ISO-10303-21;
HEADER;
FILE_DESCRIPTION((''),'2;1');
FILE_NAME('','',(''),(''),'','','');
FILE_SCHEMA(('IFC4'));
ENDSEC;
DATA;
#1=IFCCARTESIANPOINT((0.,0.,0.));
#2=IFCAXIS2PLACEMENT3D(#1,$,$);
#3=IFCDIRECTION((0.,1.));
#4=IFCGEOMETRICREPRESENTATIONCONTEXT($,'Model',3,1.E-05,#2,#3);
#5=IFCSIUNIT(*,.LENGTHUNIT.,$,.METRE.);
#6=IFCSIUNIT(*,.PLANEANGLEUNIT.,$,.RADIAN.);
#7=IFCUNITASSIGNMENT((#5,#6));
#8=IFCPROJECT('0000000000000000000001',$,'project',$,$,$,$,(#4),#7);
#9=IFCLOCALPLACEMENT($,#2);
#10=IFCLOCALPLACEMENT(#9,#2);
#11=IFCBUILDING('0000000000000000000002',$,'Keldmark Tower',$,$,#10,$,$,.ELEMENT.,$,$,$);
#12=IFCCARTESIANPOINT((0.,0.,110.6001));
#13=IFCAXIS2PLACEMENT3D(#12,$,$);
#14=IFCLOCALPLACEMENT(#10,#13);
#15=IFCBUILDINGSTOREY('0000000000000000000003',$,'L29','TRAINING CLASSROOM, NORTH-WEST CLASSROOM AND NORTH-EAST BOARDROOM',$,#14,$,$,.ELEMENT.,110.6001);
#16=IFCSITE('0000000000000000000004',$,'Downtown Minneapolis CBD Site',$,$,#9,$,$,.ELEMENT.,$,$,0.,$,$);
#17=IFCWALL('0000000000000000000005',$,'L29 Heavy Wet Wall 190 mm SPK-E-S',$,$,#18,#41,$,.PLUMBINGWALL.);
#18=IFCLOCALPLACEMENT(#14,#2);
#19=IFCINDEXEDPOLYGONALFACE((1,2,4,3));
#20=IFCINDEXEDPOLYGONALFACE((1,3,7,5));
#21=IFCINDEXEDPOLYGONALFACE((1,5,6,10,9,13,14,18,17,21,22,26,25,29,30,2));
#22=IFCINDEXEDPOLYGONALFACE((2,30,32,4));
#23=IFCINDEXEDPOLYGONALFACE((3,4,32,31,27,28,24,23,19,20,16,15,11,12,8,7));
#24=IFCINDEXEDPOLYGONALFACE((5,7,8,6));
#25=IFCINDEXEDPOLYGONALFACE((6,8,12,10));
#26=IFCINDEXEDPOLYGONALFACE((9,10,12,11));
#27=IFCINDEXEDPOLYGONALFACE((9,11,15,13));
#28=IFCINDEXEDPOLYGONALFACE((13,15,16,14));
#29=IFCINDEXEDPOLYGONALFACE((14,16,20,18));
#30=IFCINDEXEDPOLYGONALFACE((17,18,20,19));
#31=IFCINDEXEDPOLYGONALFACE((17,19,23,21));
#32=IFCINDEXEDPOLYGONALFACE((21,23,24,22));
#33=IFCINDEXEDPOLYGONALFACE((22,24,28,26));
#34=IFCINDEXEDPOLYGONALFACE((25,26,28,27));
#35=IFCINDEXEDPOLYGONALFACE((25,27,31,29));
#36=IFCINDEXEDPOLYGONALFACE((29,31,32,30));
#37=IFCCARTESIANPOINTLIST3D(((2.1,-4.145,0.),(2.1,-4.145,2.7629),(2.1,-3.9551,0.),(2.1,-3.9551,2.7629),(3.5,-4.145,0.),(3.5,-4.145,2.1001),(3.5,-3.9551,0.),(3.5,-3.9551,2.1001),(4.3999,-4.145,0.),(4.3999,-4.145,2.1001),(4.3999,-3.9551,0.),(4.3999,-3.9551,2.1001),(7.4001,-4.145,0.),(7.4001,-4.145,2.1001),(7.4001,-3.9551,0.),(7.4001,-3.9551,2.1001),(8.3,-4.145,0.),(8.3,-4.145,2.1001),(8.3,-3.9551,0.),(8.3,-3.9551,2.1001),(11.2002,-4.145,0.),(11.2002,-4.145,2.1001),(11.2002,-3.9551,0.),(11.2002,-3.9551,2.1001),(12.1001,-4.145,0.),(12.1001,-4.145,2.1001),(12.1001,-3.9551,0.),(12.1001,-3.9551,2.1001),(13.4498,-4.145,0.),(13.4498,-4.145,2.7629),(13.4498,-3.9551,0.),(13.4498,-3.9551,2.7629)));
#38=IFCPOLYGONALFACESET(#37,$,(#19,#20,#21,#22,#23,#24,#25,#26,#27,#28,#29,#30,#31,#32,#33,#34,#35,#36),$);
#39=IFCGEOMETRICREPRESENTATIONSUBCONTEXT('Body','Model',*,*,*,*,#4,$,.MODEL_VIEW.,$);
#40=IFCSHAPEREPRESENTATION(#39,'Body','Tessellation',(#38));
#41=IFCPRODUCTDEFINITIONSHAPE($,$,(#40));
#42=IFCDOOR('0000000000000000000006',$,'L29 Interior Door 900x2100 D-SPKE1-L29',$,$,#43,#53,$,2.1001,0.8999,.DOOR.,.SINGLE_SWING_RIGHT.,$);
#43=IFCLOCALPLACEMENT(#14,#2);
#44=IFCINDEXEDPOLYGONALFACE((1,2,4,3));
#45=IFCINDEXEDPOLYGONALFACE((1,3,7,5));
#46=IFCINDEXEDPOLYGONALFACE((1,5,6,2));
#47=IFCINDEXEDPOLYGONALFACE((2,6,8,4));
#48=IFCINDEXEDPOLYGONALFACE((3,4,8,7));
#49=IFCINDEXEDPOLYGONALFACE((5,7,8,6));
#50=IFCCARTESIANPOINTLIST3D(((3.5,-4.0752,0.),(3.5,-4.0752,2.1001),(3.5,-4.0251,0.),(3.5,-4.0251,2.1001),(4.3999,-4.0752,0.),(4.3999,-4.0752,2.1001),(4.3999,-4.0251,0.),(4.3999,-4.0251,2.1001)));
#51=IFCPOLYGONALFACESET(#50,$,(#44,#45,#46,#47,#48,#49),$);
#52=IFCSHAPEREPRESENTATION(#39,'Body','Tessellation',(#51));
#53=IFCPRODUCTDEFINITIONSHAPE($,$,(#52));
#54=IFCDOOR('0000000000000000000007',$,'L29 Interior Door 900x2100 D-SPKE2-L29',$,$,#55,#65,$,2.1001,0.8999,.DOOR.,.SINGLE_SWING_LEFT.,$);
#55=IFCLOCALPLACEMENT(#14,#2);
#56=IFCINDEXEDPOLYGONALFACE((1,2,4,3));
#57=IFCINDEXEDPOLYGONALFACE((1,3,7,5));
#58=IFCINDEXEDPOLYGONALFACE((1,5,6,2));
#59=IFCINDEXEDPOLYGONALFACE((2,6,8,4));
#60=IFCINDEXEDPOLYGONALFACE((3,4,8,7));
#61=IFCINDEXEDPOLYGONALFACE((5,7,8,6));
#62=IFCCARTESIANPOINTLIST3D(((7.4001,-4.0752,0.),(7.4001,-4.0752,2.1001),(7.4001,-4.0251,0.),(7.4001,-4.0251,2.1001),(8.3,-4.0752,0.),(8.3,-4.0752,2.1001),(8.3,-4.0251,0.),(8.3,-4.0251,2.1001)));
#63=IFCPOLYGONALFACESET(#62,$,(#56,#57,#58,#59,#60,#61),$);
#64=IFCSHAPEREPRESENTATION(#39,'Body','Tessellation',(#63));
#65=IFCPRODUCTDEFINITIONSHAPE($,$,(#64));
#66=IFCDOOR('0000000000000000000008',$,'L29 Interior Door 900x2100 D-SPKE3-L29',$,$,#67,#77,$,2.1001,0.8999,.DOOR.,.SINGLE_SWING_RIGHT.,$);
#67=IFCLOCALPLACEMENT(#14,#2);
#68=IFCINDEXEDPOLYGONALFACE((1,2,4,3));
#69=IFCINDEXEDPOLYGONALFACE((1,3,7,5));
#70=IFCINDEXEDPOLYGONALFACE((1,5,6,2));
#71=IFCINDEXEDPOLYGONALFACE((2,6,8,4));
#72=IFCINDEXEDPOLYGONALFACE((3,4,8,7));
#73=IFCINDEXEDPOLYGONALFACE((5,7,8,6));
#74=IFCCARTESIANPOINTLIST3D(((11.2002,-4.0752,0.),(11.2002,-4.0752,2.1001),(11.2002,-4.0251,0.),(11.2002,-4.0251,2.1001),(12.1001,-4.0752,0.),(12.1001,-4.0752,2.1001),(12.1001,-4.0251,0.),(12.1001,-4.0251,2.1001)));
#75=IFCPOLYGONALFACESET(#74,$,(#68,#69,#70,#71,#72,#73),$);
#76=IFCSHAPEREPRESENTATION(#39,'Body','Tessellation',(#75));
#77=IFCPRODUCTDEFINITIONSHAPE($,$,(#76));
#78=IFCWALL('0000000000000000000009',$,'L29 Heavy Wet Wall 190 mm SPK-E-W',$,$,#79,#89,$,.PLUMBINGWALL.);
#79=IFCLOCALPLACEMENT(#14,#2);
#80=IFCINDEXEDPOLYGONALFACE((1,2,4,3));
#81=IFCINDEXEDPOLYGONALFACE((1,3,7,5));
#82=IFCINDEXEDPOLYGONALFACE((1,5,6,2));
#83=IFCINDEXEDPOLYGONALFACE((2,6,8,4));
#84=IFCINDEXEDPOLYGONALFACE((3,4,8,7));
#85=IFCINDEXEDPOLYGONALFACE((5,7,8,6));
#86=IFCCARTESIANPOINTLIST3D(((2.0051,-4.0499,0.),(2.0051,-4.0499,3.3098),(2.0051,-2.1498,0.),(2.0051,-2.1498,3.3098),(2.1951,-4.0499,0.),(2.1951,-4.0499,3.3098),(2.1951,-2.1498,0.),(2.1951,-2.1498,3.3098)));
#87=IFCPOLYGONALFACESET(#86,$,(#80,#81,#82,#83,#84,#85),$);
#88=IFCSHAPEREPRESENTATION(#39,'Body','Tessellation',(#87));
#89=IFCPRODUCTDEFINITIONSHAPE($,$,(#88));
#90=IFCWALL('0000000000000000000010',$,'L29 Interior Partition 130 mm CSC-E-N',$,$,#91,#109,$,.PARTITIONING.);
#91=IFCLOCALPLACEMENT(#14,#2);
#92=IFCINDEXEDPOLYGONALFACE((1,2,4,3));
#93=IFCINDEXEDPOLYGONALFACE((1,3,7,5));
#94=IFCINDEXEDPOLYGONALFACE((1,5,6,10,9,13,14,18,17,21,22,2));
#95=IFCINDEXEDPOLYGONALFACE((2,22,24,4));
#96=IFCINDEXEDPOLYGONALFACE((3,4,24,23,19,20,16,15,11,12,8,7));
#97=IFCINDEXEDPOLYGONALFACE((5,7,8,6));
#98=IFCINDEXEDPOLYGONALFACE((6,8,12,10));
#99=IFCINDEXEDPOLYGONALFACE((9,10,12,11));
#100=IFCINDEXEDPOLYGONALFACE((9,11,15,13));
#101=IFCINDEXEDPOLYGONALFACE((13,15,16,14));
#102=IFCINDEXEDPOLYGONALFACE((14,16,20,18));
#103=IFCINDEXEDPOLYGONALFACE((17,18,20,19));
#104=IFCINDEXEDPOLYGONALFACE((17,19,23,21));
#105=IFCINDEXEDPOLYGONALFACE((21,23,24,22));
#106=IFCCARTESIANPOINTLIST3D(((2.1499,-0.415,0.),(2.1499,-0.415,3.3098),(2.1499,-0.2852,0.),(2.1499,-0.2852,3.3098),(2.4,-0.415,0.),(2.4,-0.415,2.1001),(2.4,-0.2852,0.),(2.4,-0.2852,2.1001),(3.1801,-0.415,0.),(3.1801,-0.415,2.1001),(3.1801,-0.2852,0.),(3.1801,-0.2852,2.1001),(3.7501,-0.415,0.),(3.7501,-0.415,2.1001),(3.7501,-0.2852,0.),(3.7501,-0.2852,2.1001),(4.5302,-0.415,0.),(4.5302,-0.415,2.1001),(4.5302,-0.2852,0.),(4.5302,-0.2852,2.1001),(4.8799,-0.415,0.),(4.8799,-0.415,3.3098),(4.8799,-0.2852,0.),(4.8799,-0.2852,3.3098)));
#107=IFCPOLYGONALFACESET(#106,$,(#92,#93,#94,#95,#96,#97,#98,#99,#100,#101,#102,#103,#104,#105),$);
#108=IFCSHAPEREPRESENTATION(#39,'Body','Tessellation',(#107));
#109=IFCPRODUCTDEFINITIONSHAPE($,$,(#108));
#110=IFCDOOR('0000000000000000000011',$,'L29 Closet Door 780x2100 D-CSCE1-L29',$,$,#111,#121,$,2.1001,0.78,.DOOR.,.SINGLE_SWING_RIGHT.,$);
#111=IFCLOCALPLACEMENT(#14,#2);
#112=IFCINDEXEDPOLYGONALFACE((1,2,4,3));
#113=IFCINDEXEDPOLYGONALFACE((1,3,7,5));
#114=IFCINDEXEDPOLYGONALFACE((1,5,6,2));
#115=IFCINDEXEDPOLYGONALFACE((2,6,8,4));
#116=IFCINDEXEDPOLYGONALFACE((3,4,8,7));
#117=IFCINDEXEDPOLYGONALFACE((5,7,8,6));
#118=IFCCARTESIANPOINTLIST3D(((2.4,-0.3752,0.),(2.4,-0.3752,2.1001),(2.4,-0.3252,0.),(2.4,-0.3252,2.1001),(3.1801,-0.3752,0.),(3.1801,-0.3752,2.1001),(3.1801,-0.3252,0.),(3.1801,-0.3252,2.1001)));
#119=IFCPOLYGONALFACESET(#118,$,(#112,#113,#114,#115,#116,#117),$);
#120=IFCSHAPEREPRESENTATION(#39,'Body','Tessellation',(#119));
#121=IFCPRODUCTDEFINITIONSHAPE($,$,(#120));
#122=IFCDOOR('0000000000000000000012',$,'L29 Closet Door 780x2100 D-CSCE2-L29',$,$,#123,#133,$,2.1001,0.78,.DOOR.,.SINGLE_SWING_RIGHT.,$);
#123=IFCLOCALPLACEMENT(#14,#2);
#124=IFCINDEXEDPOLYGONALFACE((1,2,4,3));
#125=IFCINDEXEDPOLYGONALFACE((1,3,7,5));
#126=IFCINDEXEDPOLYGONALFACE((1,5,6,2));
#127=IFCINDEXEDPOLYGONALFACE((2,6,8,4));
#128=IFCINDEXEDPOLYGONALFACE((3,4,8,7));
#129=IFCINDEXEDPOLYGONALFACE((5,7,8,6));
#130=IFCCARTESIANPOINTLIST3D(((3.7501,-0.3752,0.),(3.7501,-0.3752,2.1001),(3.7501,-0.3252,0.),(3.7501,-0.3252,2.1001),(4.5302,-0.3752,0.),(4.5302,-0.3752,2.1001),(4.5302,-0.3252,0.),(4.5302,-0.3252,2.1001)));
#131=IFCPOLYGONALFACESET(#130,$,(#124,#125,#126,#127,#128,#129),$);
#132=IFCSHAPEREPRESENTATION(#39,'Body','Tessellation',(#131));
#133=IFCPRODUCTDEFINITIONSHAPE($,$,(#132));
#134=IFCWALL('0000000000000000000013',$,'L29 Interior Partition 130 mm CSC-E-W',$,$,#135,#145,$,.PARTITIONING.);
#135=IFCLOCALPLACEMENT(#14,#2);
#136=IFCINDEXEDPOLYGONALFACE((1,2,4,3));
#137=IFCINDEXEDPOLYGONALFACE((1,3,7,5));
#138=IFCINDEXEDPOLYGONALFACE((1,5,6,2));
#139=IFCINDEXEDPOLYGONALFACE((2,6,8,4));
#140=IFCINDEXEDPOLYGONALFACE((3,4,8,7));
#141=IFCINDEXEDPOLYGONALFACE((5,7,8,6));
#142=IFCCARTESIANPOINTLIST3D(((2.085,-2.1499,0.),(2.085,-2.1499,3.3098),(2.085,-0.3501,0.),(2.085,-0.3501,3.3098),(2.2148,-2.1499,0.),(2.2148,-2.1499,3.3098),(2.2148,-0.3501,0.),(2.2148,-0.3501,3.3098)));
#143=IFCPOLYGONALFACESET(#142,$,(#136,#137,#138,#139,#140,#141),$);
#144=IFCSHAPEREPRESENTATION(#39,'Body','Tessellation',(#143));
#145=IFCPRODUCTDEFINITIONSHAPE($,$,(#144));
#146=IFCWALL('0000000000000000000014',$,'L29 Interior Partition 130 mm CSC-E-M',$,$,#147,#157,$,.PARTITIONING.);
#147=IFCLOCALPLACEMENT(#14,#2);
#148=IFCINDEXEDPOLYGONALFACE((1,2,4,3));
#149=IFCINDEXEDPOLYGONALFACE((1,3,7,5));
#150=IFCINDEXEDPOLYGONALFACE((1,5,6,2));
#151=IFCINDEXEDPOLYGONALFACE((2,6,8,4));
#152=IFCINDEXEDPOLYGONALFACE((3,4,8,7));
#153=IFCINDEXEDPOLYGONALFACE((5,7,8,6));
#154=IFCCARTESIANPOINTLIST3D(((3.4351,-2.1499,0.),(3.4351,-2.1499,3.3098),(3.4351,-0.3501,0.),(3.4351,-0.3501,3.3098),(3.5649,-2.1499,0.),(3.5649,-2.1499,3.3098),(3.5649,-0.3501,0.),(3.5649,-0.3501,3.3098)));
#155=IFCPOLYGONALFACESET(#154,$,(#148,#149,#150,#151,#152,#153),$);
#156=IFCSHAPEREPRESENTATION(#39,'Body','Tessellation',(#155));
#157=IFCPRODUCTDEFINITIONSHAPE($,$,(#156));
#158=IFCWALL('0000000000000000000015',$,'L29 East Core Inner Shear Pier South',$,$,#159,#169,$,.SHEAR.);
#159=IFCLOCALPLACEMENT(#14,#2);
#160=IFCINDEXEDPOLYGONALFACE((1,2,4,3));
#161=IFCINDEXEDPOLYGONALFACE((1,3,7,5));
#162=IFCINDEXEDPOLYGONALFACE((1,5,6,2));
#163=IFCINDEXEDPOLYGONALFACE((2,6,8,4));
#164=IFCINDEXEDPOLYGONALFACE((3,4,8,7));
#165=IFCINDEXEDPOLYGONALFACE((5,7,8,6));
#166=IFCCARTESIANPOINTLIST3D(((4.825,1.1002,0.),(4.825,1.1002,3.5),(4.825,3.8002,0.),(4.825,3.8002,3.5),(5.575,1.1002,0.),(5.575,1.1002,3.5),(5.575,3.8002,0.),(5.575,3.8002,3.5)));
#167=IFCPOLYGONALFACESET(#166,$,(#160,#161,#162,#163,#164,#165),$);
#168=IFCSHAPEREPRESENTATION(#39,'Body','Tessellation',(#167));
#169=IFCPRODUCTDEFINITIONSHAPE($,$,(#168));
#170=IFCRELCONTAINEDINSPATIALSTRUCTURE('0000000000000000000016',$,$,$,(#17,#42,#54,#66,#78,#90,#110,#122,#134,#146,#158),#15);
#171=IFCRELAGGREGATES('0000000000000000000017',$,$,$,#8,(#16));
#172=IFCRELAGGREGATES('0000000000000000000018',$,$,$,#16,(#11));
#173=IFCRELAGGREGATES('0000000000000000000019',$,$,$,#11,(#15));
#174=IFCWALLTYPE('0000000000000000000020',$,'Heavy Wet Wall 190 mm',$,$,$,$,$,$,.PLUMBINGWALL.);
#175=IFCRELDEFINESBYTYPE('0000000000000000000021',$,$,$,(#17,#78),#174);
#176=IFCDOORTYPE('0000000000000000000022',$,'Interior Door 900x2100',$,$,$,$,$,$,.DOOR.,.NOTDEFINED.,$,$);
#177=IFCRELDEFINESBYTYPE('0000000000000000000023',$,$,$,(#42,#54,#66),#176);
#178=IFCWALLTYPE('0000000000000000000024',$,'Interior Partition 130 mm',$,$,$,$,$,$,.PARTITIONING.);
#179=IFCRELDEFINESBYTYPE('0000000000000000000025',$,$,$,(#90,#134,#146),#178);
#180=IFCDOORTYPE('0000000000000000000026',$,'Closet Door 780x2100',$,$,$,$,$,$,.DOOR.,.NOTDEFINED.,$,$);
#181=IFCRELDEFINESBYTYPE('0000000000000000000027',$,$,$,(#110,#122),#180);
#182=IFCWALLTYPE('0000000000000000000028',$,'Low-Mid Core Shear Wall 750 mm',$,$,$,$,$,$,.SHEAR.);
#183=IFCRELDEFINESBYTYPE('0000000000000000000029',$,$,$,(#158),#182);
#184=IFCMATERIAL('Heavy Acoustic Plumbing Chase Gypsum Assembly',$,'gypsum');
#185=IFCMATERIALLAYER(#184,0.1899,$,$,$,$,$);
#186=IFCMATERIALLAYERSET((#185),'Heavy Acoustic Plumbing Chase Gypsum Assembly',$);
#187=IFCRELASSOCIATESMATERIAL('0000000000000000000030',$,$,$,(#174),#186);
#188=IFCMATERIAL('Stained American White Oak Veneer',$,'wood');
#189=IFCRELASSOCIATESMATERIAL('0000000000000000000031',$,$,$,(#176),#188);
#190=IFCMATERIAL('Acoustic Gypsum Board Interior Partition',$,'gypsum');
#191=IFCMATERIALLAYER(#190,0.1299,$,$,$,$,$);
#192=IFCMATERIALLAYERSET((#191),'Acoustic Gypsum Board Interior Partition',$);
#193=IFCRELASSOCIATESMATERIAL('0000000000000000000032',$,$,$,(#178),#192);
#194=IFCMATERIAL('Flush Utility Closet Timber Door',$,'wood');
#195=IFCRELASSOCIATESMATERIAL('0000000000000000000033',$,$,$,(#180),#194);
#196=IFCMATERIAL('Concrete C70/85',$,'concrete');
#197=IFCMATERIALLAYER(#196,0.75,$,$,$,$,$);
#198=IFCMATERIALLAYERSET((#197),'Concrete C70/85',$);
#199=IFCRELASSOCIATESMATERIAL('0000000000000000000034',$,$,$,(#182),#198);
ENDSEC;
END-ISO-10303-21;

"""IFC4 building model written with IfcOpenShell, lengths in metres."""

from ifc_helpers import new_model, si_unit, direction, frame, frame_2d, origin, place, context, subcontext, project, spatial, rectangle, extrude, material, layer, layer_set, type_object, element, fill, save


model = new_model("IFC4")

# Units and contexts
model_context = context("Model", 3, precision=1e-05, world=origin(), true_north=direction((0.0, 1.0)))
body_context = subcontext(model_context, "Body", "Model", "MODEL_VIEW")
ifc_project = project(units=[si_unit("LENGTHUNIT", "METRE"), si_unit("PLANEANGLEUNIT", "RADIAN")], contexts=[model_context])

# Site, building, storey
site_placement = place(None, origin())
site = spatial("IfcSite", under=ifc_project, at=site_placement, Name="Downtown Minneapolis CBD Site", CompositionType="ELEMENT", RefElevation=0.0)
building_placement = place(site_placement, origin())
building = spatial("IfcBuilding", under=site, at=building_placement, Name="Keldmark Tower", CompositionType="ELEMENT")
storey_placement = place(building_placement, frame((0.0, 0.0, 110.6001)))
storey = spatial("IfcBuildingStorey", under=building, at=storey_placement, Name="L29", Description="TRAINING CLASSROOM, NORTH-WEST CLASSROOM AND NORTH-EAST BOARDROOM", CompositionType="ELEMENT", Elevation=110.6001)

# Wall, openings, doors
ifc_material_1 = material(Name="Heavy Acoustic Plumbing Chase Gypsum Assembly", Category="gypsum")
ifc_layer_1 = layer(ifc_material_1, 0.1899)
ifc_layer_set_1 = layer_set([ifc_layer_1], Name="Heavy Acoustic Plumbing Chase Gypsum Assembly")
wall_type_1 = type_object("IfcWallType", Name="Heavy Wet Wall 190 mm", PredefinedType="PLUMBINGWALL", material=ifc_layer_set_1)
wall_1_placement = place(storey_placement, frame((2.1001, -4.05, 0.0), z_axis=(0.0, 0.0, 1.0), x_axis=(1.0, 0.0, 0.0)))
wall_1 = element("IfcWall", 1, at=wall_1_placement, inside=storey, type_object=wall_type_1, Name="L29 Heavy Wet Wall 190 mm SPK-E-S", PredefinedType="PLUMBINGWALL", context=body_context, shape_type="SweptSolid", body=[
    extrude(rectangle(XDim=11.3499, YDim=0.1899, at=frame_2d((5.6748, 0.0))), origin(), (0.0, 0.0, 1.0), 2.7629),
])
opening_1_placement = place(wall_1_placement, frame((1.3999, 0.0, 0.0)))
opening_1 = element("IfcOpeningElement", 2, at=opening_1_placement, cuts=wall_1, PredefinedType="OPENING", context=body_context, shape_type="SweptSolid", body=[
    extrude(rectangle(XDim=0.8999, YDim=2.1001, at=frame_2d((0.45, 1.05))), frame((0.0, 0.105, 0.0), z_axis=(0.0, -1.0, 0.0), x_axis=(1.0, 0.0, 0.0)), (0.0, 0.0, 1.0), 0.21),
])
opening_2_placement = place(wall_1_placement, frame((5.3, 0.0, 0.0)))
opening_2 = element("IfcOpeningElement", 3, at=opening_2_placement, cuts=wall_1, PredefinedType="OPENING", context=body_context, shape_type="SweptSolid", body=[
    extrude(rectangle(XDim=0.8999, YDim=2.1001, at=frame_2d((0.45, 1.05))), frame((0.0, 0.105, 0.0), z_axis=(0.0, -1.0, 0.0), x_axis=(1.0, 0.0, 0.0)), (0.0, 0.0, 1.0), 0.21),
])
opening_3_placement = place(wall_1_placement, frame((9.1001, 0.0, 0.0)))
opening_3 = element("IfcOpeningElement", 4, at=opening_3_placement, cuts=wall_1, PredefinedType="OPENING", context=body_context, shape_type="SweptSolid", body=[
    extrude(rectangle(XDim=0.8999, YDim=2.1001, at=frame_2d((0.45, 1.05))), frame((0.0, 0.105, 0.0), z_axis=(0.0, -1.0, 0.0), x_axis=(1.0, 0.0, 0.0)), (0.0, 0.0, 1.0), 0.21),
])
ifc_material_2 = material(Name="Stained American White Oak Veneer", Category="wood")
door_type_1 = type_object("IfcDoorType", Name="Interior Door 900x2100", OperationType="NOTDEFINED", PredefinedType="DOOR", material=ifc_material_2)
door_1_placement = place(opening_1_placement, origin())
door_1 = element("IfcDoor", 5, at=door_1_placement, inside=storey, type_object=door_type_1, Name="L29 Interior Door 900x2100 D-SPKE1-L29", OperationType="SINGLE_SWING_RIGHT", OverallHeight=2.1001, OverallWidth=0.8999, PredefinedType="DOOR", context=body_context, shape_type="SweptSolid", body=[
    extrude(rectangle(XDim=0.8999, YDim=2.1001, at=frame_2d((0.45, 1.05))), frame((0.0, 0.0249, 0.0), z_axis=(0.0, -1.0, 0.0), x_axis=(1.0, 0.0, 0.0)), (0.0, 0.0, 1.0), 0.05),
])
fill(opening_1, door_1)
door_2_placement = place(opening_2_placement, origin())
door_2 = element("IfcDoor", 6, at=door_2_placement, inside=storey, type_object=door_type_1, Name="L29 Interior Door 900x2100 D-SPKE2-L29", OperationType="SINGLE_SWING_LEFT", OverallHeight=2.1001, OverallWidth=0.8999, PredefinedType="DOOR", context=body_context, shape_type="SweptSolid", body=[
    extrude(rectangle(XDim=0.8999, YDim=2.1001, at=frame_2d((0.45, 1.05))), frame((0.0, 0.0249, 0.0), z_axis=(0.0, -1.0, 0.0), x_axis=(1.0, 0.0, 0.0)), (0.0, 0.0, 1.0), 0.05),
])
fill(opening_2, door_2)
door_3_placement = place(opening_3_placement, origin())
door_3 = element("IfcDoor", 7, at=door_3_placement, inside=storey, type_object=door_type_1, Name="L29 Interior Door 900x2100 D-SPKE3-L29", OperationType="SINGLE_SWING_RIGHT", OverallHeight=2.1001, OverallWidth=0.8999, PredefinedType="DOOR", context=body_context, shape_type="SweptSolid", body=[
    extrude(rectangle(XDim=0.8999, YDim=2.1001, at=frame_2d((0.45, 1.05))), frame((0.0, 0.0249, 0.0), z_axis=(0.0, -1.0, 0.0), x_axis=(1.0, 0.0, 0.0)), (0.0, 0.0, 1.0), 0.05),
])
fill(opening_3, door_3)

# Wall
wall_2_placement = place(storey_placement, frame((2.1001, -4.05, 0.0), z_axis=(0.0, 0.0, 1.0), x_axis=(0.0, 1.0, 0.0)))
element("IfcWall", 8, at=wall_2_placement, inside=storey, type_object=wall_type_1, Name="L29 Heavy Wet Wall 190 mm SPK-E-W", PredefinedType="PLUMBINGWALL", context=body_context, shape_type="SweptSolid", body=[
    extrude(rectangle(XDim=1.9001, YDim=0.1899, at=frame_2d((0.9502, 0.0))), origin(), (0.0, 0.0, 1.0), 3.3098),
])

# Wall, openings, doors
ifc_material_3 = material(Name="Acoustic Gypsum Board Interior Partition", Category="gypsum")
ifc_layer_2 = layer(ifc_material_3, 0.1299)
ifc_layer_set_2 = layer_set([ifc_layer_2], Name="Acoustic Gypsum Board Interior Partition")
wall_type_2 = type_object("IfcWallType", Name="Interior Partition 130 mm", PredefinedType="PARTITIONING", material=ifc_layer_set_2)
wall_3_placement = place(storey_placement, frame((2.1499, -0.3501, 0.0), z_axis=(0.0, 0.0, 1.0), x_axis=(1.0, 0.0, 0.0)))
wall_3 = element("IfcWall", 9, at=wall_3_placement, inside=storey, type_object=wall_type_2, Name="L29 Interior Partition 130 mm CSC-E-N", PredefinedType="PARTITIONING", context=body_context, shape_type="SweptSolid", body=[
    extrude(rectangle(XDim=2.73, YDim=0.1299, at=frame_2d((1.365, 0.0))), origin(), (0.0, 0.0, 1.0), 3.3098),
])
opening_4_placement = place(wall_3_placement, frame((0.25, 0.0, 0.0)))
opening_4 = element("IfcOpeningElement", 10, at=opening_4_placement, cuts=wall_3, PredefinedType="OPENING", context=body_context, shape_type="SweptSolid", body=[
    extrude(rectangle(XDim=0.78, YDim=2.1001, at=frame_2d((0.3901, 1.05))), frame((0.0, 0.075, 0.0), z_axis=(0.0, -1.0, 0.0), x_axis=(1.0, 0.0, 0.0)), (0.0, 0.0, 1.0), 0.1499),
])
opening_5_placement = place(wall_3_placement, frame((1.6001, 0.0, 0.0)))
opening_5 = element("IfcOpeningElement", 11, at=opening_5_placement, cuts=wall_3, PredefinedType="OPENING", context=body_context, shape_type="SweptSolid", body=[
    extrude(rectangle(XDim=0.78, YDim=2.1001, at=frame_2d((0.3901, 1.05))), frame((0.0, 0.075, 0.0), z_axis=(0.0, -1.0, 0.0), x_axis=(1.0, 0.0, 0.0)), (0.0, 0.0, 1.0), 0.1499),
])
ifc_material_4 = material(Name="Flush Utility Closet Timber Door", Category="wood")
door_type_2 = type_object("IfcDoorType", Name="Closet Door 780x2100", OperationType="NOTDEFINED", PredefinedType="DOOR", material=ifc_material_4)
door_4_placement = place(opening_4_placement, origin())
door_4 = element("IfcDoor", 12, at=door_4_placement, inside=storey, type_object=door_type_2, Name="L29 Closet Door 780x2100 D-CSCE1-L29", OperationType="SINGLE_SWING_RIGHT", OverallHeight=2.1001, OverallWidth=0.78, PredefinedType="DOOR", context=body_context, shape_type="SweptSolid", body=[
    extrude(rectangle(XDim=0.78, YDim=2.1001, at=frame_2d((0.3901, 1.05))), frame((0.0, 0.0249, 0.0), z_axis=(0.0, -1.0, 0.0), x_axis=(1.0, 0.0, 0.0)), (0.0, 0.0, 1.0), 0.05),
])
fill(opening_4, door_4)
door_5_placement = place(opening_5_placement, origin())
door_5 = element("IfcDoor", 13, at=door_5_placement, inside=storey, type_object=door_type_2, Name="L29 Closet Door 780x2100 D-CSCE2-L29", OperationType="SINGLE_SWING_RIGHT", OverallHeight=2.1001, OverallWidth=0.78, PredefinedType="DOOR", context=body_context, shape_type="SweptSolid", body=[
    extrude(rectangle(XDim=0.78, YDim=2.1001, at=frame_2d((0.3901, 1.05))), frame((0.0, 0.0249, 0.0), z_axis=(0.0, -1.0, 0.0), x_axis=(1.0, 0.0, 0.0)), (0.0, 0.0, 1.0), 0.05),
])
fill(opening_5, door_5)

# Walls
for number, where, z_axis, x_axis, name in (
    (14, (2.1499, -2.1499, 0.0), (0.0, 0.0, 1.0), (0.0, 1.0, 0.0), "L29 Interior Partition 130 mm CSC-E-W"),
    (15, (3.5, -2.1499, 0.0), (0.0, 0.0, 1.0), (0.0, 1.0, 0.0), "L29 Interior Partition 130 mm CSC-E-M"),
):
    element("IfcWall", number, at=place(storey_placement, frame(where, z_axis=z_axis, x_axis=x_axis)), inside=storey, type_object=wall_type_2, Name=name, PredefinedType="PARTITIONING", context=body_context, shape_type="SweptSolid", body=[
        extrude(rectangle(XDim=1.7998, YDim=0.1299, at=frame_2d((0.8999, 0.0))), origin(), (0.0, 0.0, 1.0), 3.3098),
    ])
ifc_material_5 = material(Name="Concrete C70/85", Category="concrete")
ifc_layer_3 = layer(ifc_material_5, 0.75)
ifc_layer_set_3 = layer_set([ifc_layer_3], Name="Concrete C70/85")
wall_type_3 = type_object("IfcWallType", Name="Low-Mid Core Shear Wall 750 mm", PredefinedType="SHEAR", material=ifc_layer_set_3)
wall_4_placement = place(storey_placement, frame((5.2, 1.1001, 0.0), z_axis=(0.0, 0.0, 1.0), x_axis=(0.0, 1.0, 0.0)))
element("IfcWall", 16, at=wall_4_placement, inside=storey, type_object=wall_type_3, Name="L29 East Core Inner Shear Pier South", PredefinedType="SHEAR", context=body_context, shape_type="SweptSolid", body=[
    extrude(rectangle(XDim=2.7, YDim=0.75, at=frame_2d((1.3501, 0.0))), origin(), (0.0, 0.0, 1.0), 3.5),
])

save(model, "model.ifc")
